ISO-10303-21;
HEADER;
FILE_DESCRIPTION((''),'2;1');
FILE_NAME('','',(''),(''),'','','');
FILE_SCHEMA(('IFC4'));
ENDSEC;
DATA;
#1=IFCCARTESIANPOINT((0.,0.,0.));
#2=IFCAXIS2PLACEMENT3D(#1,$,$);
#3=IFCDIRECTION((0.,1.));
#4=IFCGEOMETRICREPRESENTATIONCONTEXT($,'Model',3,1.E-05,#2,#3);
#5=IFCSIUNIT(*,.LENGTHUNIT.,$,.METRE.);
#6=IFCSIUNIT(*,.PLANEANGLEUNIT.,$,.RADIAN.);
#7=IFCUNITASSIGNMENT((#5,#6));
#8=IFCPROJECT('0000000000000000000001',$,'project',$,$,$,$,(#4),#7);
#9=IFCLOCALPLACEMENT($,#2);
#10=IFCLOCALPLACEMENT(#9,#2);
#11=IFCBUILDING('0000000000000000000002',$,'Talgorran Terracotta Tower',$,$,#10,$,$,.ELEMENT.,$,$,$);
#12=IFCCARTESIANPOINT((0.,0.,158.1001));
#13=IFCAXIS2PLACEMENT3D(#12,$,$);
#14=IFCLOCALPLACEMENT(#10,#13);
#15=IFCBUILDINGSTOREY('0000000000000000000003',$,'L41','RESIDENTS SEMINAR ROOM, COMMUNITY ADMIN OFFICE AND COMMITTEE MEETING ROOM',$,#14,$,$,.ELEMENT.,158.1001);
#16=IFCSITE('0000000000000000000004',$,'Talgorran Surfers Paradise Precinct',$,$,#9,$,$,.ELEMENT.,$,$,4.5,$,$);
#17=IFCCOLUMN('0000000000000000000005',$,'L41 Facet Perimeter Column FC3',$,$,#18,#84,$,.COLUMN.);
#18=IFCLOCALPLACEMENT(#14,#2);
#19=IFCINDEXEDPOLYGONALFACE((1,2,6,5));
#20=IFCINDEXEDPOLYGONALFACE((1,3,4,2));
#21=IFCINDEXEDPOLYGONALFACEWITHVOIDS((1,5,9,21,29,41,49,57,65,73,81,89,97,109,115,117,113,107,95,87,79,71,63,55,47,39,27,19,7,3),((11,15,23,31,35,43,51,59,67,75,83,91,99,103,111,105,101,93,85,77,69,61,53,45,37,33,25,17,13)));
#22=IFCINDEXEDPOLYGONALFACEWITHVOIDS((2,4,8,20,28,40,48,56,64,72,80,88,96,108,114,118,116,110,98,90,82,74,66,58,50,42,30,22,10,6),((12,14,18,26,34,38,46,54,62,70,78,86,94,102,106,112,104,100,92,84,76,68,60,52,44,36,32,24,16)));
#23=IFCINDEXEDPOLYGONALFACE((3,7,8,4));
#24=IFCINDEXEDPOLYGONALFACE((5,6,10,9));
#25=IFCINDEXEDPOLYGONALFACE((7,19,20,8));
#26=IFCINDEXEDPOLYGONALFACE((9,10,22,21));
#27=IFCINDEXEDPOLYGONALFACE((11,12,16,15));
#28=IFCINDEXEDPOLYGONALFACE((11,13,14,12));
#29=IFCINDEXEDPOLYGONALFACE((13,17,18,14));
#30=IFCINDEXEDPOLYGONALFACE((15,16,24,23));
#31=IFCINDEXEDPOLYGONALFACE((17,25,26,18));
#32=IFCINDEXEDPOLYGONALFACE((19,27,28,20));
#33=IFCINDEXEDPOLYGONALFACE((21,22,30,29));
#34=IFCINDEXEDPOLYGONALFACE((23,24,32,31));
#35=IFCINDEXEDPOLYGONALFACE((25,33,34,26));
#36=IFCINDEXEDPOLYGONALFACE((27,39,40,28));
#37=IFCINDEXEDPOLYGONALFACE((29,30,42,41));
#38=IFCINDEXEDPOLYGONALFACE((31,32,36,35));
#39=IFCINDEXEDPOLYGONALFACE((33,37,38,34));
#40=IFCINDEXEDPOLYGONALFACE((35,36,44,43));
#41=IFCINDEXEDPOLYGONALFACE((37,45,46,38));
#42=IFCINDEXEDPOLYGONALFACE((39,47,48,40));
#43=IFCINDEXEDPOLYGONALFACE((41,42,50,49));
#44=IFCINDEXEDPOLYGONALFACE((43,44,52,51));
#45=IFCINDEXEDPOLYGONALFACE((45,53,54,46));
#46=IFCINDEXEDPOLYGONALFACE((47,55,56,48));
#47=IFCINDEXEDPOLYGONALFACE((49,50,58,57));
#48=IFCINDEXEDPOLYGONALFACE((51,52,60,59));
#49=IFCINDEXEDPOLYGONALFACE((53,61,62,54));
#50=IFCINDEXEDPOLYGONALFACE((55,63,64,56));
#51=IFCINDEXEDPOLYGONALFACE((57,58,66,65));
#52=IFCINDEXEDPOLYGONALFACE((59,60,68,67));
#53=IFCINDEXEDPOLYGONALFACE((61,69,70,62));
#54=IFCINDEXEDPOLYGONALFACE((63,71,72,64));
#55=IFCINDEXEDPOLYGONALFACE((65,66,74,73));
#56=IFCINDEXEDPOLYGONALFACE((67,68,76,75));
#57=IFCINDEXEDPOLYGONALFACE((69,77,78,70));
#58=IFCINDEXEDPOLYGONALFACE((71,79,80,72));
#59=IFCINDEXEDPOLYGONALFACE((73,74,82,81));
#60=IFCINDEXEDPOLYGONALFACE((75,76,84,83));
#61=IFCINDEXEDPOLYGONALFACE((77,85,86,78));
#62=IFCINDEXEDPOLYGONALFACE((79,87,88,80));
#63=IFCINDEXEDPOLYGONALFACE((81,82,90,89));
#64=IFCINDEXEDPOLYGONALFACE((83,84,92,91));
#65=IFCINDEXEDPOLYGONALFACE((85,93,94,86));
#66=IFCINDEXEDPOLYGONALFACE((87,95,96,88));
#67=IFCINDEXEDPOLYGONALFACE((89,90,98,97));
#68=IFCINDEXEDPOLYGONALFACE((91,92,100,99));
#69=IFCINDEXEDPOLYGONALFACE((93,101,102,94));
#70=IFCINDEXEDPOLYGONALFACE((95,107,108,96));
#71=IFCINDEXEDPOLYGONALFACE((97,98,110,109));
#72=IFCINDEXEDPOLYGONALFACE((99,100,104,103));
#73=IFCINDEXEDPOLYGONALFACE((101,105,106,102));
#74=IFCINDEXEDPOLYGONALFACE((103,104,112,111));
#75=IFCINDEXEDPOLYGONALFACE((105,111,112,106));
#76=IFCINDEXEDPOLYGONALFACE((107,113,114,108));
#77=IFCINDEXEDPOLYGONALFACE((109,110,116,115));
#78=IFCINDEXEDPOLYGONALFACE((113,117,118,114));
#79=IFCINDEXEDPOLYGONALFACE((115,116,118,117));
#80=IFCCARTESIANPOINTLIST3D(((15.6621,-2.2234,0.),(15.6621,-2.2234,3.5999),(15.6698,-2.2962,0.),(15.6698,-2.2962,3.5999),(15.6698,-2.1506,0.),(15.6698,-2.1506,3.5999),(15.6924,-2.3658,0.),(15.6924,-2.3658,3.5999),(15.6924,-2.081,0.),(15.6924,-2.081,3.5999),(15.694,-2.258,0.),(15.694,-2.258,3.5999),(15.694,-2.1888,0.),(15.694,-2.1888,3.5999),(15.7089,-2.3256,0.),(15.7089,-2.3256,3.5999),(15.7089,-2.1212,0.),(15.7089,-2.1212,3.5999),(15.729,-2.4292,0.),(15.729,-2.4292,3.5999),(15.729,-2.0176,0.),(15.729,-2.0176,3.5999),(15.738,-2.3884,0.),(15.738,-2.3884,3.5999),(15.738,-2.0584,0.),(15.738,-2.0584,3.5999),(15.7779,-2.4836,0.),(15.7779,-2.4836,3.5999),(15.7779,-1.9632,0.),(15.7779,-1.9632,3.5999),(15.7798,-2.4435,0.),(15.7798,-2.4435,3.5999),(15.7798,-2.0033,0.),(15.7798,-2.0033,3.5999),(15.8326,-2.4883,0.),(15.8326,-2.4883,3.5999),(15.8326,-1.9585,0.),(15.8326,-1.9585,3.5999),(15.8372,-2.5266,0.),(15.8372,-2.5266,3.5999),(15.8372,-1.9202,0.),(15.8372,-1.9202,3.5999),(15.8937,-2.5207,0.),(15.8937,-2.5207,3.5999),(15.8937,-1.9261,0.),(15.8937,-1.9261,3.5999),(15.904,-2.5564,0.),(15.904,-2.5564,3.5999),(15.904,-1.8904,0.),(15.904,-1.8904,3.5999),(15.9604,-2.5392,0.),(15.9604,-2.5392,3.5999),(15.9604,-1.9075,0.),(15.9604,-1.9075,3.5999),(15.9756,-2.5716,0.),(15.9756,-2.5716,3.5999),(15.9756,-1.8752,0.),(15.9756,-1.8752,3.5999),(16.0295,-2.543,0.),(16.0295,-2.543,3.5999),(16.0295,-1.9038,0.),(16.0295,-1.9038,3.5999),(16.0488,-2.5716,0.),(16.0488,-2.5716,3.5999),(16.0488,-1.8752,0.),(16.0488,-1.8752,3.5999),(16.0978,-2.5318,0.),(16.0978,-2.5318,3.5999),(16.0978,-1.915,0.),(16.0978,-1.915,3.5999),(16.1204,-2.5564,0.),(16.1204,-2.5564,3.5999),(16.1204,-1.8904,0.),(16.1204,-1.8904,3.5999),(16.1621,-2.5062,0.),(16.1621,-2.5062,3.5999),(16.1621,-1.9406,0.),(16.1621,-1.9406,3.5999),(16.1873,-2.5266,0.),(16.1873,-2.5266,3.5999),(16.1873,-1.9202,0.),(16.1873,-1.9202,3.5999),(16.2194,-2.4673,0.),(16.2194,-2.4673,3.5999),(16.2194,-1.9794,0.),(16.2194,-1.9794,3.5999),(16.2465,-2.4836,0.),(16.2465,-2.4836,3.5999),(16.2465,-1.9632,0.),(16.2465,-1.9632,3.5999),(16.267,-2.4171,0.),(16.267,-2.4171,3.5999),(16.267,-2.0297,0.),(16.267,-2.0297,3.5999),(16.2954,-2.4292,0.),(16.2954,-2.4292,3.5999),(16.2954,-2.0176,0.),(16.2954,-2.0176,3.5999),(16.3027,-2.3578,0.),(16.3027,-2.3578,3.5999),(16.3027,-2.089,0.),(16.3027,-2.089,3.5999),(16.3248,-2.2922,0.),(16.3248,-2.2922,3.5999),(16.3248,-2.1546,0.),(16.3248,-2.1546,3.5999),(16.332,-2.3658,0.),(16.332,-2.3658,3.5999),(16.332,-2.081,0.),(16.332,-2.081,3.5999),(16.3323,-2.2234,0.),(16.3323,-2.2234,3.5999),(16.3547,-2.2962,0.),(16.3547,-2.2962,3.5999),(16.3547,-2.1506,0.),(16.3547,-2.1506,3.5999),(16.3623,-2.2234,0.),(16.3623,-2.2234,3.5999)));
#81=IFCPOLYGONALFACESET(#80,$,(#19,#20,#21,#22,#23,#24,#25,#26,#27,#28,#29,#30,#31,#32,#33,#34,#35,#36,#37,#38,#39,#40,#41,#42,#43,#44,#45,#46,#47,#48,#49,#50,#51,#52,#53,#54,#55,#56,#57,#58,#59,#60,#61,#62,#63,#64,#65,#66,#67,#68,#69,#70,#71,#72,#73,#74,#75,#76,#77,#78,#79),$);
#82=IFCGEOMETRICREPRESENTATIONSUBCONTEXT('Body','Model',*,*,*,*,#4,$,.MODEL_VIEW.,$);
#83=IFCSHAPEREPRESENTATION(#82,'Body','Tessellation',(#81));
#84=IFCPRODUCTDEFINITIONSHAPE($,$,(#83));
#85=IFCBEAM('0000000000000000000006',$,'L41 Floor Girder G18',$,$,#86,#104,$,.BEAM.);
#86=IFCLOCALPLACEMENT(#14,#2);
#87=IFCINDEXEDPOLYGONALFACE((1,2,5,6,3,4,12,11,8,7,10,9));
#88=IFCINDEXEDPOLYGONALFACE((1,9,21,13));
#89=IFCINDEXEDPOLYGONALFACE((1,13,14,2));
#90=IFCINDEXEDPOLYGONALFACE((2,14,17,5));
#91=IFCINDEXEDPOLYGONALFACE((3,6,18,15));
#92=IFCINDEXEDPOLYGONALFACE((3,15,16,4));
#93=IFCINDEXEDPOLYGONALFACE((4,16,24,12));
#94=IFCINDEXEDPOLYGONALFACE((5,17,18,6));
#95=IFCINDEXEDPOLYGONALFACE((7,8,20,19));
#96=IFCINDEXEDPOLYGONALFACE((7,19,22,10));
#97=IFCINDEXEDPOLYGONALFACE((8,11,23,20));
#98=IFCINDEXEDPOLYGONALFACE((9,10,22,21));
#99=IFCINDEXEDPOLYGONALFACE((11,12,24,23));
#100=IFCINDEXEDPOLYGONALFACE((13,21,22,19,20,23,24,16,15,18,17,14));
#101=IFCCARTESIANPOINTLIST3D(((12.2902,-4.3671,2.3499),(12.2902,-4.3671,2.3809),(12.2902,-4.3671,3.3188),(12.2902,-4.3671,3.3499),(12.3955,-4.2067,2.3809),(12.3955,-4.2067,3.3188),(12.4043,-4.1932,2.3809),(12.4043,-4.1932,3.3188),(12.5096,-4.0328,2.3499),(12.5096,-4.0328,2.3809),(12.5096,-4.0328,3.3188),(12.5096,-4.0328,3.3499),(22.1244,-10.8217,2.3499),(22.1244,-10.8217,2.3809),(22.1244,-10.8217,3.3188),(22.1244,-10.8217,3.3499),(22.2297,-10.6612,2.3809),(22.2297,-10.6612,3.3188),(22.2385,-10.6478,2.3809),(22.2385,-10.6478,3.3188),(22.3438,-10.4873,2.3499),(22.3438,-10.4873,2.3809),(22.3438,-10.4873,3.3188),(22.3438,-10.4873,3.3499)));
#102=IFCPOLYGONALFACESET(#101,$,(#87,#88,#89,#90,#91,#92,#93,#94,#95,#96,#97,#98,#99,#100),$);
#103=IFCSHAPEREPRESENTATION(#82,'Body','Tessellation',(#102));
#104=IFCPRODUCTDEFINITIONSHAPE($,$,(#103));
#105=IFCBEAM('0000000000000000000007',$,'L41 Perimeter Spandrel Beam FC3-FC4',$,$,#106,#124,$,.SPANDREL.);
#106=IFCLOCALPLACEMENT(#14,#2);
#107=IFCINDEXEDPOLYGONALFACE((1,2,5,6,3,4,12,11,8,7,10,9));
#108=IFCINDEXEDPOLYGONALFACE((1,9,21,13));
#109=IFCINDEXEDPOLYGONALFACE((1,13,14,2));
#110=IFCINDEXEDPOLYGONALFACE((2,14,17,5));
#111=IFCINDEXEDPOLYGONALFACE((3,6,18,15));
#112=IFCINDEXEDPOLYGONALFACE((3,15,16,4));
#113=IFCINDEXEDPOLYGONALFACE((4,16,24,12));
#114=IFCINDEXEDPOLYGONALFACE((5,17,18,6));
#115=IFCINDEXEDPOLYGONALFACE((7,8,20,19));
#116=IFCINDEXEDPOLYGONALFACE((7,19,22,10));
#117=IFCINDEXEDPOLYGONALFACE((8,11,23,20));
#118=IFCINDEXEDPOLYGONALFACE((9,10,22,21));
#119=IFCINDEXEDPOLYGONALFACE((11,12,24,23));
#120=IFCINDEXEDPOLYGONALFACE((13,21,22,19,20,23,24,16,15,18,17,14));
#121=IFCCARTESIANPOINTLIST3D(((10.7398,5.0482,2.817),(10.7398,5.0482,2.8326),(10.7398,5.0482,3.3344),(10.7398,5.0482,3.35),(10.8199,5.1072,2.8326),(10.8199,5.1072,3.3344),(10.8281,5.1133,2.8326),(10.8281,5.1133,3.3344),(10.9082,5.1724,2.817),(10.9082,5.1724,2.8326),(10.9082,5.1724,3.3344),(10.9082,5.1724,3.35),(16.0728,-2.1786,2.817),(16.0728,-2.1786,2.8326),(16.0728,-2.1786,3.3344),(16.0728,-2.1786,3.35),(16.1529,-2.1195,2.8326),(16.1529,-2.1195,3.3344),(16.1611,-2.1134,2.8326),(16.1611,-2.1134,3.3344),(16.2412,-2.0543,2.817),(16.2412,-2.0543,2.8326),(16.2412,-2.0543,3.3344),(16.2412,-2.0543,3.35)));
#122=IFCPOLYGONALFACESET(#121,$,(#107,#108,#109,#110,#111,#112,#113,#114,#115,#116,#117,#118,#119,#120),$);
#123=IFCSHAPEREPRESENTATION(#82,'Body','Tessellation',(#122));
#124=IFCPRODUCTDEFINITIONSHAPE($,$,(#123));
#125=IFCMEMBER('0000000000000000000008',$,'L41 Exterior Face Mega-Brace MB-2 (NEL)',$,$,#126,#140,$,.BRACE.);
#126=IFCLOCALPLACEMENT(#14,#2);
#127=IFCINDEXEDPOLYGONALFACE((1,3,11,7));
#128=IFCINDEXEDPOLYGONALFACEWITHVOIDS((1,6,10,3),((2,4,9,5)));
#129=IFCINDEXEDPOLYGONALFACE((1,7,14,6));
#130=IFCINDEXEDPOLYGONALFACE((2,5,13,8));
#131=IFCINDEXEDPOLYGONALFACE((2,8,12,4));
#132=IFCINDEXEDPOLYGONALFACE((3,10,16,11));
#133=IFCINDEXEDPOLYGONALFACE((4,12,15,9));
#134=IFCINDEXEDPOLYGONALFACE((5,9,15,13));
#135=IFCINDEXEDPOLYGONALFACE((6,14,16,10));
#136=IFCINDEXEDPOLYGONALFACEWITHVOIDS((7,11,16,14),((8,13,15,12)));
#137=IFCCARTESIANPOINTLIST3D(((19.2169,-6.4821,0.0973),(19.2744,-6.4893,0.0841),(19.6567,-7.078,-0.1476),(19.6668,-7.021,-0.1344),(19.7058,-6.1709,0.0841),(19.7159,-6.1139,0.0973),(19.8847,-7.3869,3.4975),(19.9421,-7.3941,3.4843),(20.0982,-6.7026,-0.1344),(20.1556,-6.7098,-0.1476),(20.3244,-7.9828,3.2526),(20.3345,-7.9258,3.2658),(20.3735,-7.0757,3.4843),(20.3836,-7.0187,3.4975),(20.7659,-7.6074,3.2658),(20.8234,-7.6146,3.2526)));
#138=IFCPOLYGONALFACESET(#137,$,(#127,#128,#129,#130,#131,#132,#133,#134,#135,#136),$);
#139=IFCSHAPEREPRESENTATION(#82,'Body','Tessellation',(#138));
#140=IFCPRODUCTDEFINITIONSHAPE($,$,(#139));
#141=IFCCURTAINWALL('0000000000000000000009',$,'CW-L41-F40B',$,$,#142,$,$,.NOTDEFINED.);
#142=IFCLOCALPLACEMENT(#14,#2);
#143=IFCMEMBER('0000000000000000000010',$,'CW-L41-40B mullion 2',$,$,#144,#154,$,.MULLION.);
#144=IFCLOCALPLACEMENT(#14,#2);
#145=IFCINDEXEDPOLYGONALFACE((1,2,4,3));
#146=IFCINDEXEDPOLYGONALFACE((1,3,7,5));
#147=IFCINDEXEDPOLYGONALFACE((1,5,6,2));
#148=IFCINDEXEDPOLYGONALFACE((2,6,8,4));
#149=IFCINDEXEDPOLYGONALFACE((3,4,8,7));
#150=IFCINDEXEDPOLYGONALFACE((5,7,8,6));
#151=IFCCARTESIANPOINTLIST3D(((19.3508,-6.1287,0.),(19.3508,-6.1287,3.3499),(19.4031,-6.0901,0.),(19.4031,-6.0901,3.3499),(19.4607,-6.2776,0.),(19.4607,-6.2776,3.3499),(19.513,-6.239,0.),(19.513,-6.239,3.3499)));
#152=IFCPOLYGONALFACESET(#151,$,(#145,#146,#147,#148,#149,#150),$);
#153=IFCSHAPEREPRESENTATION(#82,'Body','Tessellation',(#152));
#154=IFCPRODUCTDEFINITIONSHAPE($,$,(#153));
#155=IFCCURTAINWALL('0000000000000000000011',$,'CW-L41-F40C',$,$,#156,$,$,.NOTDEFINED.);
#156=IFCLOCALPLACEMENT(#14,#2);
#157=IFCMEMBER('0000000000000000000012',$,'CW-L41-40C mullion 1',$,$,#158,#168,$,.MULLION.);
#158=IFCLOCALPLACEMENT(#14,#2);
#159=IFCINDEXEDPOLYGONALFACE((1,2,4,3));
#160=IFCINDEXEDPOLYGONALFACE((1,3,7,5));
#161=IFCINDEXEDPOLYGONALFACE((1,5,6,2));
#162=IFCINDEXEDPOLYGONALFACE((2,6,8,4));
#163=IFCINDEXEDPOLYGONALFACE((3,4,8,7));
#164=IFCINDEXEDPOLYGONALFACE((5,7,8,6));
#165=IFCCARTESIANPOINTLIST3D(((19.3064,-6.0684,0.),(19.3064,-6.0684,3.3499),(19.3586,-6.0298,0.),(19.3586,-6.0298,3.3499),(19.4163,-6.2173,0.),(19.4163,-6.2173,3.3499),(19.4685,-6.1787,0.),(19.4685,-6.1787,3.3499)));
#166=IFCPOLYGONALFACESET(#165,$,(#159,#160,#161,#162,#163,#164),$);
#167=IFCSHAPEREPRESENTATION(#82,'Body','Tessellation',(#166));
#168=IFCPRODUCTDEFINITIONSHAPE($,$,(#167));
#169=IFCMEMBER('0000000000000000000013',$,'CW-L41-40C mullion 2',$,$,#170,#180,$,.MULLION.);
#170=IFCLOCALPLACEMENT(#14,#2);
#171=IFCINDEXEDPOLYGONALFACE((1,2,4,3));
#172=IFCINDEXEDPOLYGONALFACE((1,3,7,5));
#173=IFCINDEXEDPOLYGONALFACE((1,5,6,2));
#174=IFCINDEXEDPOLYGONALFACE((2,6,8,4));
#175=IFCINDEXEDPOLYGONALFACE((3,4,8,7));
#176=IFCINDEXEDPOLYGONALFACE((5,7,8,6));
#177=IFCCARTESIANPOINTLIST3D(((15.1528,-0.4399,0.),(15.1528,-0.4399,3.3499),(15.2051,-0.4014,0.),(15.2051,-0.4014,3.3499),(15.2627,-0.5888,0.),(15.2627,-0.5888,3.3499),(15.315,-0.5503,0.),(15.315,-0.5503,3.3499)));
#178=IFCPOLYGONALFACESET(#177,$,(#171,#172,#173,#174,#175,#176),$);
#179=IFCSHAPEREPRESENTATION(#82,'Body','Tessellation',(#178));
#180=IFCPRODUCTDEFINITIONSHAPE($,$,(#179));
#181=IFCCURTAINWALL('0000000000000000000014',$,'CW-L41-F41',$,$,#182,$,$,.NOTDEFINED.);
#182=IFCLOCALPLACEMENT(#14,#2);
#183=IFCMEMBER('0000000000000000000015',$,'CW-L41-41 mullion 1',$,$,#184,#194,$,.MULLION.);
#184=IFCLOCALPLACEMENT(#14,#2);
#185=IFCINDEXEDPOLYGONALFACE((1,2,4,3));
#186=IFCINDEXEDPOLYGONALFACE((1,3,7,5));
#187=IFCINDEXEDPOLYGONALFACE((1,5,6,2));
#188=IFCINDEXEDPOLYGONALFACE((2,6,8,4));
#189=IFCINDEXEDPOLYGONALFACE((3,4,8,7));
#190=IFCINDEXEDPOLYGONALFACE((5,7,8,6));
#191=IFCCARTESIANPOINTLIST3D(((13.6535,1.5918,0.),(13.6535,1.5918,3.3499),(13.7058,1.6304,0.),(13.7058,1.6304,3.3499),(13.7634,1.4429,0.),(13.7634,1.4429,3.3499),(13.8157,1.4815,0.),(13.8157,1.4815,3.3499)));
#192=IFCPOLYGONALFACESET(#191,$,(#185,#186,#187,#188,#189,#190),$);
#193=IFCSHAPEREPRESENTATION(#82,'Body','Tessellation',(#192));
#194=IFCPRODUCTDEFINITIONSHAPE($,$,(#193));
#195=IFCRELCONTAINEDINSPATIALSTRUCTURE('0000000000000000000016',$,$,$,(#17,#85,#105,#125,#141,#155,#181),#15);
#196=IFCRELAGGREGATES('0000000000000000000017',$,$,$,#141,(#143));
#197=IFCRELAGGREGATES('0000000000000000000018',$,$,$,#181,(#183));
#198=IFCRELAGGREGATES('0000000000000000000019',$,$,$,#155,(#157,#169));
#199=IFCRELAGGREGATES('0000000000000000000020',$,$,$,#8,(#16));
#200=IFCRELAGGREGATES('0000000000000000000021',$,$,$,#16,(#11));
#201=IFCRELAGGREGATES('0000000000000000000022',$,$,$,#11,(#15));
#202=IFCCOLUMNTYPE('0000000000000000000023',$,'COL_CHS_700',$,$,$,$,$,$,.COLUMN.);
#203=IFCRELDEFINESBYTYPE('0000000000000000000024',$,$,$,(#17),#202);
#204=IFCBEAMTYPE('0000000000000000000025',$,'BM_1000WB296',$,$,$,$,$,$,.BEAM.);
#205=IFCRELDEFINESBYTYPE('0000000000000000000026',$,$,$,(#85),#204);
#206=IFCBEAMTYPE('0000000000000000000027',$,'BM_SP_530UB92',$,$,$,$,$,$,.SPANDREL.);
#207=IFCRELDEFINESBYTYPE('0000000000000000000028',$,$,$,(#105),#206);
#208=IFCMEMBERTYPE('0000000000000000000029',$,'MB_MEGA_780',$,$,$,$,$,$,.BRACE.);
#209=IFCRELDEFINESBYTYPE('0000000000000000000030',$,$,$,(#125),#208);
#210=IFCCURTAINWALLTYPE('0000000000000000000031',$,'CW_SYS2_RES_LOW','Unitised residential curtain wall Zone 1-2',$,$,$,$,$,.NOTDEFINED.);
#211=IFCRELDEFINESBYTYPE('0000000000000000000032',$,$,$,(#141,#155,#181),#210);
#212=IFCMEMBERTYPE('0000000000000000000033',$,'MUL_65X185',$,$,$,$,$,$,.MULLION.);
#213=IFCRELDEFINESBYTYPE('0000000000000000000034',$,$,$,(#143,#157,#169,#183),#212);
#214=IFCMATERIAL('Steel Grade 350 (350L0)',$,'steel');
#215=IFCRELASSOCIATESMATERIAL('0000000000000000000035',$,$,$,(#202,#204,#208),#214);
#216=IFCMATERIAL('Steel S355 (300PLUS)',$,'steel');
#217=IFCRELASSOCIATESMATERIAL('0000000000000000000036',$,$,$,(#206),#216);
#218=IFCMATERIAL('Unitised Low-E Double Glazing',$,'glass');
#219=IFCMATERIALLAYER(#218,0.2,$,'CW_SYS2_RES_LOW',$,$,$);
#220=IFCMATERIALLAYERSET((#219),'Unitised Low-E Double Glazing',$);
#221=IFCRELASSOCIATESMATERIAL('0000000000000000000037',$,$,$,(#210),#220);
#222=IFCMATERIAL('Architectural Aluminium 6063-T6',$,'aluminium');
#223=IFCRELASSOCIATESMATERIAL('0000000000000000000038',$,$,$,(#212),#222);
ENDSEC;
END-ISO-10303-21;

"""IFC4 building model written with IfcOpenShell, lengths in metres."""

from ifc_helpers import new_model, si_unit, direction, frame, origin, origin_2d, place, context, subcontext, project, spatial, rectangle, hollow_rectangle, hollow_circle, i_section, extrude, material, layer, layer_set, material_profile, profile_set, type_object, element, aggregate, save


model = new_model("IFC4")

# Units and contexts
model_context = context("Model", 3, precision=1e-05, world=origin(), true_north=direction((0.0, 1.0)))
body_context = subcontext(model_context, "Body", "Model", "MODEL_VIEW")
ifc_project = project(units=[si_unit("LENGTHUNIT", "METRE"), si_unit("PLANEANGLEUNIT", "RADIAN")], contexts=[model_context])

# Site, building, storey
site_placement = place(None, origin())
site = spatial("IfcSite", under=ifc_project, at=site_placement, Name="Talgorran Surfers Paradise Precinct", CompositionType="ELEMENT", RefElevation=4.5)
building_placement = place(site_placement, origin())
building = spatial("IfcBuilding", under=site, at=building_placement, Name="Talgorran Terracotta Tower", CompositionType="ELEMENT")
storey_placement = place(building_placement, frame((0.0, 0.0, 158.1001)))
storey = spatial("IfcBuildingStorey", under=building, at=storey_placement, Name="L41", Description="RESIDENTS SEMINAR ROOM, COMMUNITY ADMIN OFFICE AND COMMITTEE MEETING ROOM", CompositionType="ELEMENT", Elevation=158.1001)

# Column
ifc_material_1 = material(Name="Steel Grade 350 (350L0)", Category="steel")
ifc_material_profile_1 = material_profile(ifc_material_1, hollow_circle(Radius=0.3501, WallThickness=0.03, at=origin_2d()), Name="CHS700X30")
ifc_profile_set_1 = profile_set([ifc_material_profile_1], Name="Steel Grade 350 (350L0)")
column_type = type_object("IfcColumnType", Name="COL_CHS_700", PredefinedType="COLUMN", material=ifc_profile_set_1)
column_placement = place(storey_placement, frame((16.0122, -2.2234, 0.0), z_axis=(0.0, 0.0, 1.0), x_axis=(1.0, 0.0, 0.0)))
element("IfcColumn", 1, at=column_placement, inside=storey, type_object=column_type, Name="L41 Facet Perimeter Column FC3", PredefinedType="COLUMN", context=body_context, shape_type="SweptSolid", body=[
    extrude(hollow_circle(Radius=0.3501, WallThickness=0.03, at=origin_2d()), origin(), (0.0, 0.0, 1.0), 3.5999),
])

# Beams
ifc_material_profile_2 = material_profile(ifc_material_1, i_section(OverallWidth=0.3999, OverallDepth=1.0, WebThickness=0.0161, FlangeThickness=0.031, at=origin_2d()), Name="1000WB296")
ifc_profile_set_2 = profile_set([ifc_material_profile_2], Name="Steel Grade 350 (350L0)")
beam_type_1 = type_object("IfcBeamType", Name="BM_1000WB296", PredefinedType="BEAM", material=ifc_profile_set_2)
beam_1_placement = place(storey_placement, frame((12.3999, -4.2, 2.8499), z_axis=(0.836014, -0.548709, 0.0), x_axis=(0.548709, 0.836014, 0.0)))
element("IfcBeam", 2, at=beam_1_placement, inside=storey, type_object=beam_type_1, Name="L41 Floor Girder G18", PredefinedType="BEAM", context=body_context, shape_type="SweptSolid", body=[
    extrude(i_section(OverallWidth=0.3999, OverallDepth=1.0, WebThickness=0.0161, FlangeThickness=0.031, at=origin_2d()), origin(), (0.0, 0.0, 1.0), 11.7632),
])
ifc_material_2 = material(Name="Steel S355 (300PLUS)", Category="steel")
ifc_material_profile_3 = material_profile(ifc_material_2, i_section(OverallWidth=0.2092, OverallDepth=0.533, WebThickness=0.0103, FlangeThickness=0.0156, at=origin_2d()), Name="530UB92.4")
ifc_profile_set_3 = profile_set([ifc_material_profile_3], Name="Steel S355 (300PLUS)")
beam_type_2 = type_object("IfcBeamType", Name="BM_SP_530UB92", PredefinedType="SPANDREL", material=ifc_profile_set_3)
beam_2_placement = place(storey_placement, frame((16.157, -2.1165, 3.0835), z_axis=(-0.593776, 0.804631, 0.0), x_axis=(-0.804631, -0.593776, 0.0)))
element("IfcBeam", 3, at=beam_2_placement, inside=storey, type_object=beam_type_2, Name="L41 Perimeter Spandrel Beam FC3-FC4", PredefinedType="SPANDREL", context=body_context, shape_type="SweptSolid", body=[
    extrude(i_section(OverallWidth=0.2092, OverallDepth=0.533, WebThickness=0.0103, FlangeThickness=0.0156, at=origin_2d()), origin(), (0.0, 0.0, 1.0), 8.9814),
])

# Member
ifc_material_profile_4 = material_profile(ifc_material_1, hollow_rectangle(XDim=0.6201, YDim=0.78, WallThickness=0.042, at=origin_2d()), Name="WBOX780X620X42")
ifc_profile_set_4 = profile_set([ifc_material_profile_4], Name="Steel Grade 350 (350L0)")
member_type_1 = type_object("IfcMemberType", Name="MB_MEGA_780", PredefinedType="BRACE", material=ifc_profile_set_4)
member_1_placement = place(storey_placement, frame((19.6863, -6.5959, -0.0251), z_axis=(0.186449, -0.252644, 0.949425), x_axis=(0.804614, 0.593799, 0.0)))
element("IfcMember", 4, at=member_1_placement, inside=storey, type_object=member_type_1, Name="L41 Exterior Face Mega-Brace MB-2 (NEL)", PredefinedType="BRACE", context=body_context, shape_type="SweptSolid", body=[
    extrude(hollow_rectangle(XDim=0.6201, YDim=0.78, WallThickness=0.042, at=origin_2d()), origin(), (0.0, 0.0, 1.0), 3.5813),
])

# Curtain wall, member
ifc_material_3 = material(Name="Unitised Low-E Double Glazing", Category="glass")
ifc_layer_1 = layer(ifc_material_3, 0.2, Name="CW_SYS2_RES_LOW")
ifc_layer_set_1 = layer_set([ifc_layer_1], Name="Unitised Low-E Double Glazing")
curtain_wall_type = type_object("IfcCurtainWallType", Name="CW_SYS2_RES_LOW", Description="Unitised residential curtain wall Zone 1-2", PredefinedType="NOTDEFINED", material=ifc_layer_set_1)
curtain_wall_1_placement = place(storey_placement, origin())
curtain_wall_1 = element("IfcCurtainWall", 5, at=curtain_wall_1_placement, inside=storey, type_object=curtain_wall_type, Name="CW-L41-F40B", PredefinedType="NOTDEFINED")
ifc_material_4 = material(Name="Architectural Aluminium 6063-T6", Category="aluminium")
ifc_material_profile_5 = material_profile(ifc_material_4, rectangle(XDim=0.0649, YDim=0.1851, at=origin_2d()), Name="CWM65X185")
ifc_profile_set_5 = profile_set([ifc_material_profile_5], Name="Architectural Aluminium 6063-T6")
member_type_2 = type_object("IfcMemberType", Name="MUL_65X185", PredefinedType="MULLION", material=ifc_profile_set_5)
member_2_placement = place(storey_placement, frame((19.4319, -6.1838, 0.0), z_axis=(0.0, 0.0, 1.0), x_axis=(-0.804615, -0.593797, 0.0)))
member_2 = element("IfcMember", 6, at=member_2_placement, type_object=member_type_2, Name="CW-L41-40B mullion 2", PredefinedType="MULLION", context=body_context, shape_type="SweptSolid", body=[
    extrude(rectangle(XDim=0.0649, YDim=0.1851, at=origin_2d()), origin(), (0.0, 0.0, 1.0), 3.3499),
])
aggregate(curtain_wall_1, [member_2])

# Curtain wall, members
curtain_wall_2_placement = place(storey_placement, origin())
curtain_wall_2 = element("IfcCurtainWall", 7, at=curtain_wall_2_placement, inside=storey, type_object=curtain_wall_type, Name="CW-L41-F40C", PredefinedType="NOTDEFINED")
member_3_placement = place(storey_placement, frame((19.3875, -6.1235, 0.0), z_axis=(0.0, 0.0, 1.0), x_axis=(-0.804621, -0.593788, 0.0)))
member_3 = element("IfcMember", 8, at=member_3_placement, type_object=member_type_2, Name="CW-L41-40C mullion 1", PredefinedType="MULLION", context=body_context, shape_type="SweptSolid", body=[
    extrude(rectangle(XDim=0.0649, YDim=0.1851, at=origin_2d()), origin(), (0.0, 0.0, 1.0), 3.3499),
])
member_4_placement = place(storey_placement, frame((15.2339, -0.4951, 0.0), z_axis=(0.0, 0.0, 1.0), x_axis=(-0.804621, -0.593788, 0.0)))
member_4 = element("IfcMember", 9, at=member_4_placement, type_object=member_type_2, Name="CW-L41-40C mullion 2", PredefinedType="MULLION", context=body_context, shape_type="SweptSolid", body=[
    extrude(rectangle(XDim=0.0649, YDim=0.1851, at=origin_2d()), origin(), (0.0, 0.0, 1.0), 3.3499),
])

# Curtain wall, member
curtain_wall_3_placement = place(storey_placement, origin())
curtain_wall_3 = element("IfcCurtainWall", 10, at=curtain_wall_3_placement, inside=storey, type_object=curtain_wall_type, Name="CW-L41-F41", PredefinedType="NOTDEFINED")
member_5_placement = place(storey_placement, frame((13.7346, 1.5366, 0.0), z_axis=(0.0, 0.0, 1.0), x_axis=(-0.804622, -0.593787, 0.0)))
member_5 = element("IfcMember", 11, at=member_5_placement, type_object=member_type_2, Name="CW-L41-41 mullion 1", PredefinedType="MULLION", context=body_context, shape_type="SweptSolid", body=[
    extrude(rectangle(XDim=0.0649, YDim=0.1851, at=origin_2d()), origin(), (0.0, 0.0, 1.0), 3.3499),
])

aggregate(curtain_wall_3, [member_5])

aggregate(curtain_wall_2, [member_3, member_4])

save(model, "model.ifc")
